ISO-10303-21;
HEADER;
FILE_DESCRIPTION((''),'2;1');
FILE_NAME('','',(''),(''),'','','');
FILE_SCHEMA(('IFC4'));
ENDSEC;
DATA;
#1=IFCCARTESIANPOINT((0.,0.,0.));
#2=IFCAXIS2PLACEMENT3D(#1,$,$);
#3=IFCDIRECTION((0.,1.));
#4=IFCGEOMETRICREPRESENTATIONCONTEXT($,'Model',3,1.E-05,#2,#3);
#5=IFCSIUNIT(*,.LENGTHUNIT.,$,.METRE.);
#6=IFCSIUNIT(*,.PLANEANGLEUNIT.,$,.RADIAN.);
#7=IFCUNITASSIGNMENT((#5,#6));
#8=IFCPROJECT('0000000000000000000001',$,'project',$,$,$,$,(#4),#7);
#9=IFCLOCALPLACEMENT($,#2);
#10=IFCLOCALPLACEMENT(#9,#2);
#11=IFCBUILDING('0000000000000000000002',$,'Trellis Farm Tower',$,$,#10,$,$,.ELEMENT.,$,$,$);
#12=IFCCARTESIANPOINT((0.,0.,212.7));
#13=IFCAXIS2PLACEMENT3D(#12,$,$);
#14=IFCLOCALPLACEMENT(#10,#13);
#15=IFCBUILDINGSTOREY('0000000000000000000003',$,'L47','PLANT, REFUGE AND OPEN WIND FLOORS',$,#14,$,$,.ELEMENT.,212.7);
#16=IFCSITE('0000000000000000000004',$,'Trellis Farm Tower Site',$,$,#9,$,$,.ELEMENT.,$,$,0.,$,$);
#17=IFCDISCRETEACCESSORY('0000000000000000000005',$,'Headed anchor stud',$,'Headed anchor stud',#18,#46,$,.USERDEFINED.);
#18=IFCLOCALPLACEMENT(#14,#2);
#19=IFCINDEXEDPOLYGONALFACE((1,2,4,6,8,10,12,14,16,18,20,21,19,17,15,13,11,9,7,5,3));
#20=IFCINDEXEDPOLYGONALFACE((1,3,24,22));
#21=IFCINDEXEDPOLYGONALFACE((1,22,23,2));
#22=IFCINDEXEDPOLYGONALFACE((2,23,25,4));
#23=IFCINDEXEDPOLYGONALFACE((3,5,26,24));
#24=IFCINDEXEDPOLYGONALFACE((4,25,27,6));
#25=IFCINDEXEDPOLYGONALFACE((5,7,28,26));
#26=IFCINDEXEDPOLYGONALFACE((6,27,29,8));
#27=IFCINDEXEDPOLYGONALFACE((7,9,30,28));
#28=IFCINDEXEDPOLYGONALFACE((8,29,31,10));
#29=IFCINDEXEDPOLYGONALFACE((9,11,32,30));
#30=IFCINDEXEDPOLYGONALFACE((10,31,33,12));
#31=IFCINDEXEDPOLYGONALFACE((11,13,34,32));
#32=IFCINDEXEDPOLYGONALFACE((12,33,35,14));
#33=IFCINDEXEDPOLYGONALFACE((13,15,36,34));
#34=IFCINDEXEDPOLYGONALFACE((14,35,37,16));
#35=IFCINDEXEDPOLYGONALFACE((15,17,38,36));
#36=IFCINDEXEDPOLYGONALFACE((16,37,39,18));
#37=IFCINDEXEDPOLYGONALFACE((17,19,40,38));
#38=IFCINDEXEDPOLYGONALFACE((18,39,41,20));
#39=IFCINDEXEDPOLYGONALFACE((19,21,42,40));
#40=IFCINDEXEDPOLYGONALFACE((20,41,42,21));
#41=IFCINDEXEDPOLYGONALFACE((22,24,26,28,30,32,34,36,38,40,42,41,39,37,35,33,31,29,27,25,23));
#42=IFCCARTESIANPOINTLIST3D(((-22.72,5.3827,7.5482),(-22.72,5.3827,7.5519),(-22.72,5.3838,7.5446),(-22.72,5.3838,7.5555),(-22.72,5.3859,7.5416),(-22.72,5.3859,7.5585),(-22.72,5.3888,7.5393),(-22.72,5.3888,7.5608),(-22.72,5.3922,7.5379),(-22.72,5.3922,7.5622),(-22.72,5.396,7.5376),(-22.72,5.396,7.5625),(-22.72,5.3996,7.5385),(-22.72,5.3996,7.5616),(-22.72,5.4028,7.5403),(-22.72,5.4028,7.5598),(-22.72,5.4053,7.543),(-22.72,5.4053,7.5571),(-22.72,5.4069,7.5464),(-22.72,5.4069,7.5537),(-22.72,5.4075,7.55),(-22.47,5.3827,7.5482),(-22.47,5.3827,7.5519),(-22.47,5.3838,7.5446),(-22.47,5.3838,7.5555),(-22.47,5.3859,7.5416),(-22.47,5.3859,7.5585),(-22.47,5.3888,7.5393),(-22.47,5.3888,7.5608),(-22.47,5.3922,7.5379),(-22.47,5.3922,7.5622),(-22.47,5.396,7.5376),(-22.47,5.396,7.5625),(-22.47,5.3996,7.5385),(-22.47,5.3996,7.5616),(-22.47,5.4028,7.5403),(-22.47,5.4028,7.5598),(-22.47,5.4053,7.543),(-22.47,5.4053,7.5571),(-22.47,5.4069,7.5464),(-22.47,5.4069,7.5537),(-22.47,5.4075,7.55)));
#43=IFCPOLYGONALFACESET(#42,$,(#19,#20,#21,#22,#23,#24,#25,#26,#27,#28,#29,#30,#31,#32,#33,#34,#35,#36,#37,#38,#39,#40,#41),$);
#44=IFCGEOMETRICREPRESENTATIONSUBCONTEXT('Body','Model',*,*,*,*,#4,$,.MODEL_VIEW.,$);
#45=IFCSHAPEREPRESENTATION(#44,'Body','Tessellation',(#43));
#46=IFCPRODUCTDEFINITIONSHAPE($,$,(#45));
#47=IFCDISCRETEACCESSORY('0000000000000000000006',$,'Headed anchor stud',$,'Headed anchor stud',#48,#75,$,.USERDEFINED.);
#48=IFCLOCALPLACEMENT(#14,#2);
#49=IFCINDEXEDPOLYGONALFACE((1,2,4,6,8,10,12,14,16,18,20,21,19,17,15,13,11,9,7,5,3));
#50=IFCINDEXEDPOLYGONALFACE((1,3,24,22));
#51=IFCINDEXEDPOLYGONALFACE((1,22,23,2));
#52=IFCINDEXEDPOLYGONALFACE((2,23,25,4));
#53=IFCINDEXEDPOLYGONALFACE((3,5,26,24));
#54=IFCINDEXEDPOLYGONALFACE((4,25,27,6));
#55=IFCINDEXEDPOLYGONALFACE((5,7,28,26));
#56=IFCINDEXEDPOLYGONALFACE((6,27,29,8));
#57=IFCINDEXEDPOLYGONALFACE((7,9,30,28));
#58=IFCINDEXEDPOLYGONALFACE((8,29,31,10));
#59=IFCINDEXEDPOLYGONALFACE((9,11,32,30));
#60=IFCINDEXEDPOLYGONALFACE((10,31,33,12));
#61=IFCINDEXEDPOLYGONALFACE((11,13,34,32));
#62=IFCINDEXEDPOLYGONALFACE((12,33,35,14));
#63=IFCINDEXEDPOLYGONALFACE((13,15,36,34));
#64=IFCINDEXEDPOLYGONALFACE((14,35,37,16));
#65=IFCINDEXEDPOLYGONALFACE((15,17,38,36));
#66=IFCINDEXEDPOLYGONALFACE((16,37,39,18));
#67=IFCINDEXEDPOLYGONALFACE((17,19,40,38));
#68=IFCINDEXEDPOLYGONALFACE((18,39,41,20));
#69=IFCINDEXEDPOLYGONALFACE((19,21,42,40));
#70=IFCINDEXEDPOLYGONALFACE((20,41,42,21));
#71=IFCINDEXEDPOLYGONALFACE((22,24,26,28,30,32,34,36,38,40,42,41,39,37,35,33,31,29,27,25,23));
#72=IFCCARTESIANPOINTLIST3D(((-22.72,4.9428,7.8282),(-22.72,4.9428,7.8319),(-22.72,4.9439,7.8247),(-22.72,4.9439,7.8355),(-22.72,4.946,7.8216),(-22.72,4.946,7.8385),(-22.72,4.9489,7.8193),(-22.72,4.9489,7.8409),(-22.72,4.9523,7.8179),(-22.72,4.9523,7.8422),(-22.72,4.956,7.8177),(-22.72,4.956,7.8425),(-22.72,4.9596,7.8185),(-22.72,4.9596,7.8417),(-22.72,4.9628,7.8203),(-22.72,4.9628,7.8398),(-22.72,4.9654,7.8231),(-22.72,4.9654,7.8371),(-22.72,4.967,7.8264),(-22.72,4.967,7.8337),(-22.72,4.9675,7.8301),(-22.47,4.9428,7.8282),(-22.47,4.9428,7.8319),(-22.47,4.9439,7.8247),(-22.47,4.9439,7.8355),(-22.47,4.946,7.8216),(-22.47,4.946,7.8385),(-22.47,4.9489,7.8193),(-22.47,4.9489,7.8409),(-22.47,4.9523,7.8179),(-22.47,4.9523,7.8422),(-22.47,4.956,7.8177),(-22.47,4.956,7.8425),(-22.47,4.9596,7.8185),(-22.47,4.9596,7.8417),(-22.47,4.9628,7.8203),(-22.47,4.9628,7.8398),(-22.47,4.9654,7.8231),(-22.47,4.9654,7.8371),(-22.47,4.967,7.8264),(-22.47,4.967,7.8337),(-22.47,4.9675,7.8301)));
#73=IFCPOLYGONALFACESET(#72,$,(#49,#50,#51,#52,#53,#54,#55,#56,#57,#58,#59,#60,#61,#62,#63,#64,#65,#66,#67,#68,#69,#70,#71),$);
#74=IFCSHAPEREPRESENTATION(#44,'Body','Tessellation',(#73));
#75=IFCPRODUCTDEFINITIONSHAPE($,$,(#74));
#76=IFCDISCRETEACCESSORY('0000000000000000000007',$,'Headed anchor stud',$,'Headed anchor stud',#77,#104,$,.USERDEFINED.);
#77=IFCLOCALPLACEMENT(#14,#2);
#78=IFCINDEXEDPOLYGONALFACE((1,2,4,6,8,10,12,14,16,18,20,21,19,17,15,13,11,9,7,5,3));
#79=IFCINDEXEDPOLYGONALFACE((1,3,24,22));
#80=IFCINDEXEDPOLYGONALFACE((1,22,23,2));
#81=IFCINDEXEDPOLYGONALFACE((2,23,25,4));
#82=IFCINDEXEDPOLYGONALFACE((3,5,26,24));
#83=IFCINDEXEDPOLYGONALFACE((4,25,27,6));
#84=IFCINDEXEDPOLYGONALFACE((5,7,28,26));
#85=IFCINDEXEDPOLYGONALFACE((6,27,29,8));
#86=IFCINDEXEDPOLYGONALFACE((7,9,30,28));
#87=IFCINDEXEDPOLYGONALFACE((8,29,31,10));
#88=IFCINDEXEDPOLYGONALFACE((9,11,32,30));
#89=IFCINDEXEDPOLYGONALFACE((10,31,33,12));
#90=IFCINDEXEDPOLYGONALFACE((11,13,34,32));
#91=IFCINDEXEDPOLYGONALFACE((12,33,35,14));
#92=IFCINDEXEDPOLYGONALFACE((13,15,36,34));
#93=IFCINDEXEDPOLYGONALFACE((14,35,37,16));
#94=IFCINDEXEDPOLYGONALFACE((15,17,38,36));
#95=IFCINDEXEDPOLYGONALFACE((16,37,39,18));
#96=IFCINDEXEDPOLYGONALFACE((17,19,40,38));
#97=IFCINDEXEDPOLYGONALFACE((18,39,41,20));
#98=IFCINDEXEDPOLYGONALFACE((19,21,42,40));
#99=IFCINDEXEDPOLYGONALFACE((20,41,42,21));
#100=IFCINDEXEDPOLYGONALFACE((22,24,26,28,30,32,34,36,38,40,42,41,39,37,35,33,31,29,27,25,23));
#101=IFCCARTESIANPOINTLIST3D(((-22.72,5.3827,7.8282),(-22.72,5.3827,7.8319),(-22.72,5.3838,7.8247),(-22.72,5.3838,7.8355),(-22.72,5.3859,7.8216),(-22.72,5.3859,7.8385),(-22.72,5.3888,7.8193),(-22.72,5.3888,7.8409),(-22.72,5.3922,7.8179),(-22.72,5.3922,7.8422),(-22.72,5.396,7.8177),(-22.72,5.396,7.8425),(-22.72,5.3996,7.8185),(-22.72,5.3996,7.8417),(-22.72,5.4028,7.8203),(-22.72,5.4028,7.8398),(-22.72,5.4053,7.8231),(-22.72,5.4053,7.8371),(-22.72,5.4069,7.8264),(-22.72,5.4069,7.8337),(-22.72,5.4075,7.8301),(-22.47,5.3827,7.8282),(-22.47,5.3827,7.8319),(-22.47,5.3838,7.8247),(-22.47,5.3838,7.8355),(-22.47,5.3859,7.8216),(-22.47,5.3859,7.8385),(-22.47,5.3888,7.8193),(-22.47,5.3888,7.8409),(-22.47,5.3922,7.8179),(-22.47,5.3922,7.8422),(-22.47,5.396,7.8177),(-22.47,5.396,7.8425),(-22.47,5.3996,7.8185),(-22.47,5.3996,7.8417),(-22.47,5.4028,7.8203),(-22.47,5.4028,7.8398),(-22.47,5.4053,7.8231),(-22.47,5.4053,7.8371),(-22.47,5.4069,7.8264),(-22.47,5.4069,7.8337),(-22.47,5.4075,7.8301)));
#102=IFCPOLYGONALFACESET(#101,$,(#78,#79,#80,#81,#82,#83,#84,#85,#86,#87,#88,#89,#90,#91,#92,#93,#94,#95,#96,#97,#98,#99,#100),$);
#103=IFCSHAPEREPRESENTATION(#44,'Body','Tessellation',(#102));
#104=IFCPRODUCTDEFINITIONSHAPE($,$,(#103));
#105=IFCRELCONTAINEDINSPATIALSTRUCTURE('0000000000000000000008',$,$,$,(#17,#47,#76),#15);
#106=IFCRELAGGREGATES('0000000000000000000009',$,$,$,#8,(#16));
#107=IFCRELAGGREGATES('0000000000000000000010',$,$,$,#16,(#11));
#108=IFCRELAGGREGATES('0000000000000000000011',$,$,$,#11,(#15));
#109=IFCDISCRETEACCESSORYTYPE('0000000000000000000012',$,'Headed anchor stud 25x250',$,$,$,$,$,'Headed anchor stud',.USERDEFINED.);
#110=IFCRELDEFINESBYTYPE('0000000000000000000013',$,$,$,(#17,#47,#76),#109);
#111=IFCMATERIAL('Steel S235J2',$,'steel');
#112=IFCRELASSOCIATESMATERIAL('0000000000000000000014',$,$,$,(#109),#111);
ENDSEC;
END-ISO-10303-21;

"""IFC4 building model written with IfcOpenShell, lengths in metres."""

from ifc_helpers import new_model, si_unit, direction, frame, origin, origin_2d, place, context, subcontext, project, spatial, circle, extrude, source, transform, mapped, material, material_profile, profile_set, type_object, element, save


model = new_model("IFC4")

# Units and contexts
model_context = context("Model", 3, precision=1e-05, world=origin(), true_north=direction((0.0, 1.0)))
body_context = subcontext(model_context, "Body", "Model", "MODEL_VIEW")
ifc_project = project(units=[si_unit("LENGTHUNIT", "METRE"), si_unit("PLANEANGLEUNIT", "RADIAN")], contexts=[model_context])

# Site, building, storey
site_placement = place(None, origin())
site = spatial("IfcSite", under=ifc_project, at=site_placement, Name="Trellis Farm Tower Site", CompositionType="ELEMENT", RefElevation=0.0)
building_placement = place(site_placement, origin())
building = spatial("IfcBuilding", under=site, at=building_placement, Name="Trellis Farm Tower", CompositionType="ELEMENT")
storey_placement = place(building_placement, frame((0.0, 0.0, 212.7)))
storey = spatial("IfcBuildingStorey", under=building, at=storey_placement, Name="L47", Description="PLANT, REFUGE AND OPEN WIND FLOORS", CompositionType="ELEMENT", Elevation=212.7)

# Discrete accessories
ifc_material_1 = material(Name="Steel S235J2", Category="steel")
ifc_material_profile_1 = material_profile(ifc_material_1, circle(Radius=0.0125, at=origin_2d()), Name="Headed anchor stud 25x250")
ifc_profile_set_1 = profile_set([ifc_material_profile_1], Name="Steel S235J2")
discrete_accessory_type = type_object("IfcDiscreteAccessoryType", Name="Headed anchor stud 25x250", ElementType="Headed anchor stud", PredefinedType="USERDEFINED", material=ifc_profile_set_1)
shared_shape_1 = source(origin(), body_context, "Body", "SweptSolid", [
    extrude(circle(Radius=0.0125, at=origin_2d()), origin(), (0.0, 0.0, 1.0), 0.25),
])
for number, where, z_axis, x_axis, name in (
    (1, (-22.72, 5.395, 7.55), (1.0, 0.0, 0.0), (0.0, 1.0, 0.0), "Headed anchor stud"),
    (2, (-22.72, 4.9551, 7.8301), (1.0, 0.0, 0.0), (0.0, 1.0, 0.0), "Headed anchor stud"),
    (3, (-22.72, 5.395, 7.8301), (1.0, 0.0, 0.0), (0.0, 1.0, 0.0), "Headed anchor stud"),
):
    element("IfcDiscreteAccessory", number, at=place(storey_placement, frame(where, z_axis=z_axis, x_axis=x_axis)), inside=storey, type_object=discrete_accessory_type, Name=name, ObjectType="Headed anchor stud", PredefinedType="USERDEFINED", context=body_context, shape_type="MappedRepresentation", body=[
        mapped(shared_shape_1, transform((0.0, 0.0, 0.0))),
    ])

save(model, "model.ifc")
